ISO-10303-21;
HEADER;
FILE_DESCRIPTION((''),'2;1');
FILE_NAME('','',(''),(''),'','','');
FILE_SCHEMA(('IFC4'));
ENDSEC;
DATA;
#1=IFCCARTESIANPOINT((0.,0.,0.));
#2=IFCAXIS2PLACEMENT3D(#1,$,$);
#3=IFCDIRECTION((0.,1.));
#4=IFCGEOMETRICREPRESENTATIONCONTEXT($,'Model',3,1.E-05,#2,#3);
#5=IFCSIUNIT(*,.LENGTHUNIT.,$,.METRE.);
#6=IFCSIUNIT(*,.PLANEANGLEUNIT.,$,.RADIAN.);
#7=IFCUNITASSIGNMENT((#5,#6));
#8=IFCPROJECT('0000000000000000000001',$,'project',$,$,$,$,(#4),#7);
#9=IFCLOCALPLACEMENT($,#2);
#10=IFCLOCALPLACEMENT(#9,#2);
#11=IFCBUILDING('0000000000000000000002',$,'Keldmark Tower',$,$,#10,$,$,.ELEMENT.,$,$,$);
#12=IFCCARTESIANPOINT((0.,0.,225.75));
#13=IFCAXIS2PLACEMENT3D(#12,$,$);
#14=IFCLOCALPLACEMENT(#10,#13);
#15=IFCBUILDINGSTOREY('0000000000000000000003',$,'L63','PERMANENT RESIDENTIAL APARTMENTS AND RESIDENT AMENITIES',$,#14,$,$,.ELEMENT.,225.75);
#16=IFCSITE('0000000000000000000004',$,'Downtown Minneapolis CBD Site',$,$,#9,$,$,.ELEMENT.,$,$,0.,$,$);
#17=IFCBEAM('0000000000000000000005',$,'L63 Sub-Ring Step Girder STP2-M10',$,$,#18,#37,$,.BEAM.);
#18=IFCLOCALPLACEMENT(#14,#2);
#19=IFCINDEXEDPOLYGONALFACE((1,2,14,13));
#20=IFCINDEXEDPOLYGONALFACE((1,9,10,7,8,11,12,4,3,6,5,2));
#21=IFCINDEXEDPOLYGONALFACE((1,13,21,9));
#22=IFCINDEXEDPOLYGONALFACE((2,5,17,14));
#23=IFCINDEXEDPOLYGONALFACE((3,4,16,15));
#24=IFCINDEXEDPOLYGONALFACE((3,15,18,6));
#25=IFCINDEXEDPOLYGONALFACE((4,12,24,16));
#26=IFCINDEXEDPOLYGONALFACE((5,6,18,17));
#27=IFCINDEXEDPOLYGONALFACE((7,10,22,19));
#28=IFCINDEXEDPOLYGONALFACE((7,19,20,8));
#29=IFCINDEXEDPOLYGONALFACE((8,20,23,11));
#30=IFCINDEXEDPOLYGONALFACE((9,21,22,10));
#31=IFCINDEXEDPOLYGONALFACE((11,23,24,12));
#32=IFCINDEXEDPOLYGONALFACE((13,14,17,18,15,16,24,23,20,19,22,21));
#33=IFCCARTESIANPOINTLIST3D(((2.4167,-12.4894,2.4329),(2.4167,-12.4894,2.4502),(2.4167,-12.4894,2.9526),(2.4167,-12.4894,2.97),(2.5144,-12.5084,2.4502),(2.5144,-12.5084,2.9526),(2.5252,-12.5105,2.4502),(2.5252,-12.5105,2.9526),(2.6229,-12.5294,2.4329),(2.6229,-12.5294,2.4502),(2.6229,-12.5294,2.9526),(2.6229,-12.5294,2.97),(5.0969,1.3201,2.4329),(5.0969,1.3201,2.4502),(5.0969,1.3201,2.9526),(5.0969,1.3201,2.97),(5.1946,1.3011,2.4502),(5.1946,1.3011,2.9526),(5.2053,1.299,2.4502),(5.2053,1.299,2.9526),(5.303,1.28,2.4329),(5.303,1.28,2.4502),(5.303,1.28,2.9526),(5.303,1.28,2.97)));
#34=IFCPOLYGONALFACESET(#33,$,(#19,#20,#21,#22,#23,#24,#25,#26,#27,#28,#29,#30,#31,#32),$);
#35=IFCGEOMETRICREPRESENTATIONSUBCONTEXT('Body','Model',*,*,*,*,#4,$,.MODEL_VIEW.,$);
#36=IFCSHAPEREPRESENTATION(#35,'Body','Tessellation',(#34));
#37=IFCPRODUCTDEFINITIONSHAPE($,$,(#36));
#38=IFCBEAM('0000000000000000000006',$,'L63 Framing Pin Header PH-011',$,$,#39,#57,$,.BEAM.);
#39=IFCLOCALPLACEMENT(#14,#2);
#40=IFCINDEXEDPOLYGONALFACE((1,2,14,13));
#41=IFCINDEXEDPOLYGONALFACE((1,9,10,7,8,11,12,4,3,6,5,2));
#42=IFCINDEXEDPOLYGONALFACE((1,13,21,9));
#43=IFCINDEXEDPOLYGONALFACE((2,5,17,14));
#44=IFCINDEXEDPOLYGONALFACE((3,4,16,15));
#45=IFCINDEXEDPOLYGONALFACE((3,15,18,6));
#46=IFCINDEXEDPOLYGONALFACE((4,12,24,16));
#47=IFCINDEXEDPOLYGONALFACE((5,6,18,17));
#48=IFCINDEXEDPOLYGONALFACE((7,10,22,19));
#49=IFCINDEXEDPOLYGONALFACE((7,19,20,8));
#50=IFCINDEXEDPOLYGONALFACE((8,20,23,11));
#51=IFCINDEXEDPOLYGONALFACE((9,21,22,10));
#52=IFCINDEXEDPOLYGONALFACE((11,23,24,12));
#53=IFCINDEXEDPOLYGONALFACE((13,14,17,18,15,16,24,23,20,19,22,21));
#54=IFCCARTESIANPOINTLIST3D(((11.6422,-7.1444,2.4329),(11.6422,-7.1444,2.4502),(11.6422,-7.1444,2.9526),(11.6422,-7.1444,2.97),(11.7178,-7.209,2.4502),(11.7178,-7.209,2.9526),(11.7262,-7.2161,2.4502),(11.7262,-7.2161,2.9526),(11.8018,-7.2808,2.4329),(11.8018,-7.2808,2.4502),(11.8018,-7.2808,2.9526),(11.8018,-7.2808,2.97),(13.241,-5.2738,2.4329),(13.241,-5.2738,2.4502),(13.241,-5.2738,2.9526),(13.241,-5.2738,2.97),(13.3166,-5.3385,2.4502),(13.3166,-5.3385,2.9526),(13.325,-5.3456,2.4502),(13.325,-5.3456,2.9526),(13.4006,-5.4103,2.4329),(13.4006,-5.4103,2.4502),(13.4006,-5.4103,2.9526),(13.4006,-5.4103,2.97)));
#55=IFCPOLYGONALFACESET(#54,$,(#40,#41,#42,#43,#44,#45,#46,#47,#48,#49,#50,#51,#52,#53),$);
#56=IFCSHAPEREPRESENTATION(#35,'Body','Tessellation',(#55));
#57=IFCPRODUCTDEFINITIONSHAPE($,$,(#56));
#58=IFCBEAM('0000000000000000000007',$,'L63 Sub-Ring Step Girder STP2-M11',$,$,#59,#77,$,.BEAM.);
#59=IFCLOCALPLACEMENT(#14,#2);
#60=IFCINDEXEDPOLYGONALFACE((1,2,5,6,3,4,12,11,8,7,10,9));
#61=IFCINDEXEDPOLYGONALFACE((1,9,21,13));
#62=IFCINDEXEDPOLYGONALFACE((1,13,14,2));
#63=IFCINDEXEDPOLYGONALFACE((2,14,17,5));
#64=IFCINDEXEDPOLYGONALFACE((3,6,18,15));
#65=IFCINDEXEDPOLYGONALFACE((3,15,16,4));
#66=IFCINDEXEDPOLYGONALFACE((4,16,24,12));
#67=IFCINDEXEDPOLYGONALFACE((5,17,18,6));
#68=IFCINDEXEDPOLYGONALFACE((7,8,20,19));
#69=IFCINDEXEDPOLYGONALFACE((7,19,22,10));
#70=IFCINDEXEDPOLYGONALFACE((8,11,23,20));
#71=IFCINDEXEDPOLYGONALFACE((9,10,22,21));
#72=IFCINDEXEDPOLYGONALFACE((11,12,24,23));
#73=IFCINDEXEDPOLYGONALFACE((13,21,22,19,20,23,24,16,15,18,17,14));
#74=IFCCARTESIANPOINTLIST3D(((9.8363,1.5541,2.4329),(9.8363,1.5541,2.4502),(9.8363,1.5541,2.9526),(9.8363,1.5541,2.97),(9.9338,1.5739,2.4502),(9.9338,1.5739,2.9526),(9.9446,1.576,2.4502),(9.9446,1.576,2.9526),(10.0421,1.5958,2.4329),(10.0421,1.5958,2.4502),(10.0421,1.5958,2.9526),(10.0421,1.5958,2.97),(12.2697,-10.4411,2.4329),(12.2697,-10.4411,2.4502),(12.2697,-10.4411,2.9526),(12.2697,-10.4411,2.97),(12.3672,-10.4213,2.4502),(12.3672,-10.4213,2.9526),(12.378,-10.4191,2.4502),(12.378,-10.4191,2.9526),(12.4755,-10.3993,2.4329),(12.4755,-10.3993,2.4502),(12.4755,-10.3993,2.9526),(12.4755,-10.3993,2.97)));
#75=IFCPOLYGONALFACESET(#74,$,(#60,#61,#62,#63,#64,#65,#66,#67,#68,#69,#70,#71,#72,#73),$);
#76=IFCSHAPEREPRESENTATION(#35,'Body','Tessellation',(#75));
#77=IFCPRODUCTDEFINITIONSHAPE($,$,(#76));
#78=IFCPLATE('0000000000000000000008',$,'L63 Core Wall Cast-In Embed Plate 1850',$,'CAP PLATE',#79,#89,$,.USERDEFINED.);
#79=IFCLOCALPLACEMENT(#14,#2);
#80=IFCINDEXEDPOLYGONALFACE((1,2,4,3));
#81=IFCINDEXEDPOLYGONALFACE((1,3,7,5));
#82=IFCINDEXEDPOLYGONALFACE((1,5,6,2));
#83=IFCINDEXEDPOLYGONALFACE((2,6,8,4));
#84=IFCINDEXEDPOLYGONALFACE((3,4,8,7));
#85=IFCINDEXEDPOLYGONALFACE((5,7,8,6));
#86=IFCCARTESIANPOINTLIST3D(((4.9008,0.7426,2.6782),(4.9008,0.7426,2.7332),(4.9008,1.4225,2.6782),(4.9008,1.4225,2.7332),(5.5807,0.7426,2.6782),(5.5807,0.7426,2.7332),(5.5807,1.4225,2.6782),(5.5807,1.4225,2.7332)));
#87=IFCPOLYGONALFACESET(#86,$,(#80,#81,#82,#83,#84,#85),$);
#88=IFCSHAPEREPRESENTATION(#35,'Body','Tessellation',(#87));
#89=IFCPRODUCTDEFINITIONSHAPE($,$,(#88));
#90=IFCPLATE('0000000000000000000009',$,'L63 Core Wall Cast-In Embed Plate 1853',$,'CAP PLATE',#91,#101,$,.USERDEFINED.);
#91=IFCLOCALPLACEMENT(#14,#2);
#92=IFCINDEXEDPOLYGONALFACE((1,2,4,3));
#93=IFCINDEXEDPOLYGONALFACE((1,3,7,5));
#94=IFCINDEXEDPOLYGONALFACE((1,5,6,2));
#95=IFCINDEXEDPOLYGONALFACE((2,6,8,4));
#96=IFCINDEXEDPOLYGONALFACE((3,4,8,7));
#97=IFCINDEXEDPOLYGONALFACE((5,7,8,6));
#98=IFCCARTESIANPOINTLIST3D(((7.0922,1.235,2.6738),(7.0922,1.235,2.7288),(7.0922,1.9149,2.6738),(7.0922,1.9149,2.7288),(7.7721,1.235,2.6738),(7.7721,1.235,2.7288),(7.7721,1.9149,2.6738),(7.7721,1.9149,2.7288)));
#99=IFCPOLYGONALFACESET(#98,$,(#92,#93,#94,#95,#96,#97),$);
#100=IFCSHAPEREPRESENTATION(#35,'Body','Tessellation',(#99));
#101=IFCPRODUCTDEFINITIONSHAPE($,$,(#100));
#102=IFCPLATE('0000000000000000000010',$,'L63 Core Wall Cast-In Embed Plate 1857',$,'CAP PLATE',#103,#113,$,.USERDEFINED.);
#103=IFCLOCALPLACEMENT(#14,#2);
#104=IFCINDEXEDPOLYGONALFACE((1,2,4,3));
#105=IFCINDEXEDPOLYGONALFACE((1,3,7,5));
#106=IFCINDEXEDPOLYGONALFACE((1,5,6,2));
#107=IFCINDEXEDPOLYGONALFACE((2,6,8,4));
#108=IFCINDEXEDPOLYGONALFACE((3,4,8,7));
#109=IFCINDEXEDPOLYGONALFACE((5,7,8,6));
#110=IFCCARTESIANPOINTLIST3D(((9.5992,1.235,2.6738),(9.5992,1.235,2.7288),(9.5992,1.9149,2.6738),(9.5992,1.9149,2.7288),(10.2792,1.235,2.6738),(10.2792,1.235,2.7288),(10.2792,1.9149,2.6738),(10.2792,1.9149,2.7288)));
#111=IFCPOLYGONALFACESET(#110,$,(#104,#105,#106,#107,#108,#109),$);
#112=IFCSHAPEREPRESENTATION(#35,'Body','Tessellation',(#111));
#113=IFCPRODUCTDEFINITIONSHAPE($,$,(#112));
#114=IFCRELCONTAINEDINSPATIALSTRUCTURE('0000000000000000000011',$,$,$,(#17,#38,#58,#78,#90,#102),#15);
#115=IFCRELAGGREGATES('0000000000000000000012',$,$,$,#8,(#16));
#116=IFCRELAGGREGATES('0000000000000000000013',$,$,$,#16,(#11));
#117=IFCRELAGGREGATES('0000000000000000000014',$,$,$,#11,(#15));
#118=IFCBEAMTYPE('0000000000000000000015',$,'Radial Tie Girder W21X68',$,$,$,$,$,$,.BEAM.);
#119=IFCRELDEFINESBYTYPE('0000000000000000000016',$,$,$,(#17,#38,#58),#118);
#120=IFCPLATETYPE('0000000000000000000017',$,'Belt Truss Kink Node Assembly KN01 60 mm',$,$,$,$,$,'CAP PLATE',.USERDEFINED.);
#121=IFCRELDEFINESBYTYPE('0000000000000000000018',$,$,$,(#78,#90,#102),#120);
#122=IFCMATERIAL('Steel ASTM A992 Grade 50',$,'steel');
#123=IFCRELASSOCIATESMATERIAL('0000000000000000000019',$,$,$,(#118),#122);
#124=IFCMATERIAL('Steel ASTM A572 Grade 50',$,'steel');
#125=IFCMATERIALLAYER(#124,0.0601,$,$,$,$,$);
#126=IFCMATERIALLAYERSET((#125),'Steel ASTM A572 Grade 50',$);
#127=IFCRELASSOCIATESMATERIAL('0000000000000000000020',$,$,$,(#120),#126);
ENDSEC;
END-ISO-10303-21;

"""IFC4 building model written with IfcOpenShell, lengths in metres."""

from ifc_helpers import new_model, si_unit, direction, frame, origin, origin_2d, place, context, subcontext, project, spatial, rectangle, i_section, extrude, material, layer, layer_set, material_profile, profile_set, type_object, element, save


model = new_model("IFC4")

# Units and contexts
model_context = context("Model", 3, precision=1e-05, world=origin(), true_north=direction((0.0, 1.0)))
body_context = subcontext(model_context, "Body", "Model", "MODEL_VIEW")
ifc_project = project(units=[si_unit("LENGTHUNIT", "METRE"), si_unit("PLANEANGLEUNIT", "RADIAN")], contexts=[model_context])

# Site, building, storey
site_placement = place(None, origin())
site = spatial("IfcSite", under=ifc_project, at=site_placement, Name="Downtown Minneapolis CBD Site", CompositionType="ELEMENT", RefElevation=0.0)
building_placement = place(site_placement, origin())
building = spatial("IfcBuilding", under=site, at=building_placement, Name="Keldmark Tower", CompositionType="ELEMENT")
storey_placement = place(building_placement, frame((0.0, 0.0, 225.75)))
storey = spatial("IfcBuildingStorey", under=building, at=storey_placement, Name="L63", Description="PERMANENT RESIDENTIAL APARTMENTS AND RESIDENT AMENITIES", CompositionType="ELEMENT", Elevation=225.75)

# Beams
ifc_material_1 = material(Name="Steel ASTM A992 Grade 50", Category="steel")
ifc_material_profile_1 = material_profile(ifc_material_1, i_section(OverallWidth=0.21, OverallDepth=0.5371, WebThickness=0.011, FlangeThickness=0.0173, at=origin_2d()), Name="W21X68")
ifc_profile_set_1 = profile_set([ifc_material_profile_1], Name="Steel ASTM A992 Grade 50")
beam_type_1 = type_object("IfcBeamType", Name="Radial Tie Girder W21X68", PredefinedType="BEAM", material=ifc_profile_set_1)
beam_1_placement = place(storey_placement, frame((5.2, 1.3, 2.7014), z_axis=(-0.190526, -0.981682, 0.0), x_axis=(0.981682, -0.190526, 0.0)))
element("IfcBeam", 1, at=beam_1_placement, inside=storey, type_object=beam_type_1, Name="L63 Sub-Ring Step Girder STP2-M10", PredefinedType="BEAM", context=body_context, shape_type="SweptSolid", body=[
    extrude(i_section(OverallWidth=0.21, OverallDepth=0.5371, WebThickness=0.011, FlangeThickness=0.0173, at=origin_2d()), origin(), (0.0, 0.0, 1.0), 14.0671),
])
beam_2_placement = place(storey_placement, frame((13.3208, -5.342, 2.7014), z_axis=(-0.649737, -0.760159, 0.0), x_axis=(0.760159, -0.649737, 0.0)))
element("IfcBeam", 2, at=beam_2_placement, inside=storey, type_object=beam_type_1, Name="L63 Framing Pin Header PH-011", PredefinedType="BEAM", context=body_context, shape_type="SweptSolid", body=[
    extrude(i_section(OverallWidth=0.21, OverallDepth=0.5371, WebThickness=0.011, FlangeThickness=0.0173, at=origin_2d()), origin(), (0.0, 0.0, 1.0), 2.4607),
])
beam_3_placement = place(storey_placement, frame((9.9392, 1.575, 2.7014), z_axis=(0.198812, -0.980038, 0.0), x_axis=(0.980038, 0.198812, 0.0)))
element("IfcBeam", 3, at=beam_3_placement, inside=storey, type_object=beam_type_1, Name="L63 Sub-Ring Step Girder STP2-M11", PredefinedType="BEAM", context=body_context, shape_type="SweptSolid", body=[
    extrude(i_section(OverallWidth=0.21, OverallDepth=0.5371, WebThickness=0.011, FlangeThickness=0.0173, at=origin_2d()), origin(), (0.0, 0.0, 1.0), 12.2395),
])

# Plates
ifc_material_2 = material(Name="Steel ASTM A572 Grade 50", Category="steel")
ifc_layer_1 = layer(ifc_material_2, 0.0601)
ifc_layer_set_1 = layer_set([ifc_layer_1], Name="Steel ASTM A572 Grade 50")
plate_type = type_object("IfcPlateType", Name="Belt Truss Kink Node Assembly KN01 60 mm", ElementType="CAP PLATE", PredefinedType="USERDEFINED", material=ifc_layer_set_1)
for number, where, z_axis, x_axis, name in (
    (4, (5.2407, 1.0825, 2.6782), (0.0, 0.0, 1.0), (1.0, 0.0, 0.0), "L63 Core Wall Cast-In Embed Plate 1850"),
    (5, (7.4321, 1.575, 2.6738), (0.0, 0.0, 1.0), (1.0, 0.0, 0.0), "L63 Core Wall Cast-In Embed Plate 1853"),
    (6, (9.9392, 1.575, 2.6738), (0.0, 0.0, 1.0), (1.0, 0.0, 0.0), "L63 Core Wall Cast-In Embed Plate 1857"),
):
    element("IfcPlate", number, at=place(storey_placement, frame(where, z_axis=z_axis, x_axis=x_axis)), inside=storey, type_object=plate_type, Name=name, ObjectType="CAP PLATE", PredefinedType="USERDEFINED", context=body_context, shape_type="SweptSolid", body=[
        extrude(rectangle(XDim=0.6799, YDim=0.6799, at=origin_2d()), origin(), (0.0, 0.0, 1.0), 0.0549),
    ])

save(model, "model.ifc")
